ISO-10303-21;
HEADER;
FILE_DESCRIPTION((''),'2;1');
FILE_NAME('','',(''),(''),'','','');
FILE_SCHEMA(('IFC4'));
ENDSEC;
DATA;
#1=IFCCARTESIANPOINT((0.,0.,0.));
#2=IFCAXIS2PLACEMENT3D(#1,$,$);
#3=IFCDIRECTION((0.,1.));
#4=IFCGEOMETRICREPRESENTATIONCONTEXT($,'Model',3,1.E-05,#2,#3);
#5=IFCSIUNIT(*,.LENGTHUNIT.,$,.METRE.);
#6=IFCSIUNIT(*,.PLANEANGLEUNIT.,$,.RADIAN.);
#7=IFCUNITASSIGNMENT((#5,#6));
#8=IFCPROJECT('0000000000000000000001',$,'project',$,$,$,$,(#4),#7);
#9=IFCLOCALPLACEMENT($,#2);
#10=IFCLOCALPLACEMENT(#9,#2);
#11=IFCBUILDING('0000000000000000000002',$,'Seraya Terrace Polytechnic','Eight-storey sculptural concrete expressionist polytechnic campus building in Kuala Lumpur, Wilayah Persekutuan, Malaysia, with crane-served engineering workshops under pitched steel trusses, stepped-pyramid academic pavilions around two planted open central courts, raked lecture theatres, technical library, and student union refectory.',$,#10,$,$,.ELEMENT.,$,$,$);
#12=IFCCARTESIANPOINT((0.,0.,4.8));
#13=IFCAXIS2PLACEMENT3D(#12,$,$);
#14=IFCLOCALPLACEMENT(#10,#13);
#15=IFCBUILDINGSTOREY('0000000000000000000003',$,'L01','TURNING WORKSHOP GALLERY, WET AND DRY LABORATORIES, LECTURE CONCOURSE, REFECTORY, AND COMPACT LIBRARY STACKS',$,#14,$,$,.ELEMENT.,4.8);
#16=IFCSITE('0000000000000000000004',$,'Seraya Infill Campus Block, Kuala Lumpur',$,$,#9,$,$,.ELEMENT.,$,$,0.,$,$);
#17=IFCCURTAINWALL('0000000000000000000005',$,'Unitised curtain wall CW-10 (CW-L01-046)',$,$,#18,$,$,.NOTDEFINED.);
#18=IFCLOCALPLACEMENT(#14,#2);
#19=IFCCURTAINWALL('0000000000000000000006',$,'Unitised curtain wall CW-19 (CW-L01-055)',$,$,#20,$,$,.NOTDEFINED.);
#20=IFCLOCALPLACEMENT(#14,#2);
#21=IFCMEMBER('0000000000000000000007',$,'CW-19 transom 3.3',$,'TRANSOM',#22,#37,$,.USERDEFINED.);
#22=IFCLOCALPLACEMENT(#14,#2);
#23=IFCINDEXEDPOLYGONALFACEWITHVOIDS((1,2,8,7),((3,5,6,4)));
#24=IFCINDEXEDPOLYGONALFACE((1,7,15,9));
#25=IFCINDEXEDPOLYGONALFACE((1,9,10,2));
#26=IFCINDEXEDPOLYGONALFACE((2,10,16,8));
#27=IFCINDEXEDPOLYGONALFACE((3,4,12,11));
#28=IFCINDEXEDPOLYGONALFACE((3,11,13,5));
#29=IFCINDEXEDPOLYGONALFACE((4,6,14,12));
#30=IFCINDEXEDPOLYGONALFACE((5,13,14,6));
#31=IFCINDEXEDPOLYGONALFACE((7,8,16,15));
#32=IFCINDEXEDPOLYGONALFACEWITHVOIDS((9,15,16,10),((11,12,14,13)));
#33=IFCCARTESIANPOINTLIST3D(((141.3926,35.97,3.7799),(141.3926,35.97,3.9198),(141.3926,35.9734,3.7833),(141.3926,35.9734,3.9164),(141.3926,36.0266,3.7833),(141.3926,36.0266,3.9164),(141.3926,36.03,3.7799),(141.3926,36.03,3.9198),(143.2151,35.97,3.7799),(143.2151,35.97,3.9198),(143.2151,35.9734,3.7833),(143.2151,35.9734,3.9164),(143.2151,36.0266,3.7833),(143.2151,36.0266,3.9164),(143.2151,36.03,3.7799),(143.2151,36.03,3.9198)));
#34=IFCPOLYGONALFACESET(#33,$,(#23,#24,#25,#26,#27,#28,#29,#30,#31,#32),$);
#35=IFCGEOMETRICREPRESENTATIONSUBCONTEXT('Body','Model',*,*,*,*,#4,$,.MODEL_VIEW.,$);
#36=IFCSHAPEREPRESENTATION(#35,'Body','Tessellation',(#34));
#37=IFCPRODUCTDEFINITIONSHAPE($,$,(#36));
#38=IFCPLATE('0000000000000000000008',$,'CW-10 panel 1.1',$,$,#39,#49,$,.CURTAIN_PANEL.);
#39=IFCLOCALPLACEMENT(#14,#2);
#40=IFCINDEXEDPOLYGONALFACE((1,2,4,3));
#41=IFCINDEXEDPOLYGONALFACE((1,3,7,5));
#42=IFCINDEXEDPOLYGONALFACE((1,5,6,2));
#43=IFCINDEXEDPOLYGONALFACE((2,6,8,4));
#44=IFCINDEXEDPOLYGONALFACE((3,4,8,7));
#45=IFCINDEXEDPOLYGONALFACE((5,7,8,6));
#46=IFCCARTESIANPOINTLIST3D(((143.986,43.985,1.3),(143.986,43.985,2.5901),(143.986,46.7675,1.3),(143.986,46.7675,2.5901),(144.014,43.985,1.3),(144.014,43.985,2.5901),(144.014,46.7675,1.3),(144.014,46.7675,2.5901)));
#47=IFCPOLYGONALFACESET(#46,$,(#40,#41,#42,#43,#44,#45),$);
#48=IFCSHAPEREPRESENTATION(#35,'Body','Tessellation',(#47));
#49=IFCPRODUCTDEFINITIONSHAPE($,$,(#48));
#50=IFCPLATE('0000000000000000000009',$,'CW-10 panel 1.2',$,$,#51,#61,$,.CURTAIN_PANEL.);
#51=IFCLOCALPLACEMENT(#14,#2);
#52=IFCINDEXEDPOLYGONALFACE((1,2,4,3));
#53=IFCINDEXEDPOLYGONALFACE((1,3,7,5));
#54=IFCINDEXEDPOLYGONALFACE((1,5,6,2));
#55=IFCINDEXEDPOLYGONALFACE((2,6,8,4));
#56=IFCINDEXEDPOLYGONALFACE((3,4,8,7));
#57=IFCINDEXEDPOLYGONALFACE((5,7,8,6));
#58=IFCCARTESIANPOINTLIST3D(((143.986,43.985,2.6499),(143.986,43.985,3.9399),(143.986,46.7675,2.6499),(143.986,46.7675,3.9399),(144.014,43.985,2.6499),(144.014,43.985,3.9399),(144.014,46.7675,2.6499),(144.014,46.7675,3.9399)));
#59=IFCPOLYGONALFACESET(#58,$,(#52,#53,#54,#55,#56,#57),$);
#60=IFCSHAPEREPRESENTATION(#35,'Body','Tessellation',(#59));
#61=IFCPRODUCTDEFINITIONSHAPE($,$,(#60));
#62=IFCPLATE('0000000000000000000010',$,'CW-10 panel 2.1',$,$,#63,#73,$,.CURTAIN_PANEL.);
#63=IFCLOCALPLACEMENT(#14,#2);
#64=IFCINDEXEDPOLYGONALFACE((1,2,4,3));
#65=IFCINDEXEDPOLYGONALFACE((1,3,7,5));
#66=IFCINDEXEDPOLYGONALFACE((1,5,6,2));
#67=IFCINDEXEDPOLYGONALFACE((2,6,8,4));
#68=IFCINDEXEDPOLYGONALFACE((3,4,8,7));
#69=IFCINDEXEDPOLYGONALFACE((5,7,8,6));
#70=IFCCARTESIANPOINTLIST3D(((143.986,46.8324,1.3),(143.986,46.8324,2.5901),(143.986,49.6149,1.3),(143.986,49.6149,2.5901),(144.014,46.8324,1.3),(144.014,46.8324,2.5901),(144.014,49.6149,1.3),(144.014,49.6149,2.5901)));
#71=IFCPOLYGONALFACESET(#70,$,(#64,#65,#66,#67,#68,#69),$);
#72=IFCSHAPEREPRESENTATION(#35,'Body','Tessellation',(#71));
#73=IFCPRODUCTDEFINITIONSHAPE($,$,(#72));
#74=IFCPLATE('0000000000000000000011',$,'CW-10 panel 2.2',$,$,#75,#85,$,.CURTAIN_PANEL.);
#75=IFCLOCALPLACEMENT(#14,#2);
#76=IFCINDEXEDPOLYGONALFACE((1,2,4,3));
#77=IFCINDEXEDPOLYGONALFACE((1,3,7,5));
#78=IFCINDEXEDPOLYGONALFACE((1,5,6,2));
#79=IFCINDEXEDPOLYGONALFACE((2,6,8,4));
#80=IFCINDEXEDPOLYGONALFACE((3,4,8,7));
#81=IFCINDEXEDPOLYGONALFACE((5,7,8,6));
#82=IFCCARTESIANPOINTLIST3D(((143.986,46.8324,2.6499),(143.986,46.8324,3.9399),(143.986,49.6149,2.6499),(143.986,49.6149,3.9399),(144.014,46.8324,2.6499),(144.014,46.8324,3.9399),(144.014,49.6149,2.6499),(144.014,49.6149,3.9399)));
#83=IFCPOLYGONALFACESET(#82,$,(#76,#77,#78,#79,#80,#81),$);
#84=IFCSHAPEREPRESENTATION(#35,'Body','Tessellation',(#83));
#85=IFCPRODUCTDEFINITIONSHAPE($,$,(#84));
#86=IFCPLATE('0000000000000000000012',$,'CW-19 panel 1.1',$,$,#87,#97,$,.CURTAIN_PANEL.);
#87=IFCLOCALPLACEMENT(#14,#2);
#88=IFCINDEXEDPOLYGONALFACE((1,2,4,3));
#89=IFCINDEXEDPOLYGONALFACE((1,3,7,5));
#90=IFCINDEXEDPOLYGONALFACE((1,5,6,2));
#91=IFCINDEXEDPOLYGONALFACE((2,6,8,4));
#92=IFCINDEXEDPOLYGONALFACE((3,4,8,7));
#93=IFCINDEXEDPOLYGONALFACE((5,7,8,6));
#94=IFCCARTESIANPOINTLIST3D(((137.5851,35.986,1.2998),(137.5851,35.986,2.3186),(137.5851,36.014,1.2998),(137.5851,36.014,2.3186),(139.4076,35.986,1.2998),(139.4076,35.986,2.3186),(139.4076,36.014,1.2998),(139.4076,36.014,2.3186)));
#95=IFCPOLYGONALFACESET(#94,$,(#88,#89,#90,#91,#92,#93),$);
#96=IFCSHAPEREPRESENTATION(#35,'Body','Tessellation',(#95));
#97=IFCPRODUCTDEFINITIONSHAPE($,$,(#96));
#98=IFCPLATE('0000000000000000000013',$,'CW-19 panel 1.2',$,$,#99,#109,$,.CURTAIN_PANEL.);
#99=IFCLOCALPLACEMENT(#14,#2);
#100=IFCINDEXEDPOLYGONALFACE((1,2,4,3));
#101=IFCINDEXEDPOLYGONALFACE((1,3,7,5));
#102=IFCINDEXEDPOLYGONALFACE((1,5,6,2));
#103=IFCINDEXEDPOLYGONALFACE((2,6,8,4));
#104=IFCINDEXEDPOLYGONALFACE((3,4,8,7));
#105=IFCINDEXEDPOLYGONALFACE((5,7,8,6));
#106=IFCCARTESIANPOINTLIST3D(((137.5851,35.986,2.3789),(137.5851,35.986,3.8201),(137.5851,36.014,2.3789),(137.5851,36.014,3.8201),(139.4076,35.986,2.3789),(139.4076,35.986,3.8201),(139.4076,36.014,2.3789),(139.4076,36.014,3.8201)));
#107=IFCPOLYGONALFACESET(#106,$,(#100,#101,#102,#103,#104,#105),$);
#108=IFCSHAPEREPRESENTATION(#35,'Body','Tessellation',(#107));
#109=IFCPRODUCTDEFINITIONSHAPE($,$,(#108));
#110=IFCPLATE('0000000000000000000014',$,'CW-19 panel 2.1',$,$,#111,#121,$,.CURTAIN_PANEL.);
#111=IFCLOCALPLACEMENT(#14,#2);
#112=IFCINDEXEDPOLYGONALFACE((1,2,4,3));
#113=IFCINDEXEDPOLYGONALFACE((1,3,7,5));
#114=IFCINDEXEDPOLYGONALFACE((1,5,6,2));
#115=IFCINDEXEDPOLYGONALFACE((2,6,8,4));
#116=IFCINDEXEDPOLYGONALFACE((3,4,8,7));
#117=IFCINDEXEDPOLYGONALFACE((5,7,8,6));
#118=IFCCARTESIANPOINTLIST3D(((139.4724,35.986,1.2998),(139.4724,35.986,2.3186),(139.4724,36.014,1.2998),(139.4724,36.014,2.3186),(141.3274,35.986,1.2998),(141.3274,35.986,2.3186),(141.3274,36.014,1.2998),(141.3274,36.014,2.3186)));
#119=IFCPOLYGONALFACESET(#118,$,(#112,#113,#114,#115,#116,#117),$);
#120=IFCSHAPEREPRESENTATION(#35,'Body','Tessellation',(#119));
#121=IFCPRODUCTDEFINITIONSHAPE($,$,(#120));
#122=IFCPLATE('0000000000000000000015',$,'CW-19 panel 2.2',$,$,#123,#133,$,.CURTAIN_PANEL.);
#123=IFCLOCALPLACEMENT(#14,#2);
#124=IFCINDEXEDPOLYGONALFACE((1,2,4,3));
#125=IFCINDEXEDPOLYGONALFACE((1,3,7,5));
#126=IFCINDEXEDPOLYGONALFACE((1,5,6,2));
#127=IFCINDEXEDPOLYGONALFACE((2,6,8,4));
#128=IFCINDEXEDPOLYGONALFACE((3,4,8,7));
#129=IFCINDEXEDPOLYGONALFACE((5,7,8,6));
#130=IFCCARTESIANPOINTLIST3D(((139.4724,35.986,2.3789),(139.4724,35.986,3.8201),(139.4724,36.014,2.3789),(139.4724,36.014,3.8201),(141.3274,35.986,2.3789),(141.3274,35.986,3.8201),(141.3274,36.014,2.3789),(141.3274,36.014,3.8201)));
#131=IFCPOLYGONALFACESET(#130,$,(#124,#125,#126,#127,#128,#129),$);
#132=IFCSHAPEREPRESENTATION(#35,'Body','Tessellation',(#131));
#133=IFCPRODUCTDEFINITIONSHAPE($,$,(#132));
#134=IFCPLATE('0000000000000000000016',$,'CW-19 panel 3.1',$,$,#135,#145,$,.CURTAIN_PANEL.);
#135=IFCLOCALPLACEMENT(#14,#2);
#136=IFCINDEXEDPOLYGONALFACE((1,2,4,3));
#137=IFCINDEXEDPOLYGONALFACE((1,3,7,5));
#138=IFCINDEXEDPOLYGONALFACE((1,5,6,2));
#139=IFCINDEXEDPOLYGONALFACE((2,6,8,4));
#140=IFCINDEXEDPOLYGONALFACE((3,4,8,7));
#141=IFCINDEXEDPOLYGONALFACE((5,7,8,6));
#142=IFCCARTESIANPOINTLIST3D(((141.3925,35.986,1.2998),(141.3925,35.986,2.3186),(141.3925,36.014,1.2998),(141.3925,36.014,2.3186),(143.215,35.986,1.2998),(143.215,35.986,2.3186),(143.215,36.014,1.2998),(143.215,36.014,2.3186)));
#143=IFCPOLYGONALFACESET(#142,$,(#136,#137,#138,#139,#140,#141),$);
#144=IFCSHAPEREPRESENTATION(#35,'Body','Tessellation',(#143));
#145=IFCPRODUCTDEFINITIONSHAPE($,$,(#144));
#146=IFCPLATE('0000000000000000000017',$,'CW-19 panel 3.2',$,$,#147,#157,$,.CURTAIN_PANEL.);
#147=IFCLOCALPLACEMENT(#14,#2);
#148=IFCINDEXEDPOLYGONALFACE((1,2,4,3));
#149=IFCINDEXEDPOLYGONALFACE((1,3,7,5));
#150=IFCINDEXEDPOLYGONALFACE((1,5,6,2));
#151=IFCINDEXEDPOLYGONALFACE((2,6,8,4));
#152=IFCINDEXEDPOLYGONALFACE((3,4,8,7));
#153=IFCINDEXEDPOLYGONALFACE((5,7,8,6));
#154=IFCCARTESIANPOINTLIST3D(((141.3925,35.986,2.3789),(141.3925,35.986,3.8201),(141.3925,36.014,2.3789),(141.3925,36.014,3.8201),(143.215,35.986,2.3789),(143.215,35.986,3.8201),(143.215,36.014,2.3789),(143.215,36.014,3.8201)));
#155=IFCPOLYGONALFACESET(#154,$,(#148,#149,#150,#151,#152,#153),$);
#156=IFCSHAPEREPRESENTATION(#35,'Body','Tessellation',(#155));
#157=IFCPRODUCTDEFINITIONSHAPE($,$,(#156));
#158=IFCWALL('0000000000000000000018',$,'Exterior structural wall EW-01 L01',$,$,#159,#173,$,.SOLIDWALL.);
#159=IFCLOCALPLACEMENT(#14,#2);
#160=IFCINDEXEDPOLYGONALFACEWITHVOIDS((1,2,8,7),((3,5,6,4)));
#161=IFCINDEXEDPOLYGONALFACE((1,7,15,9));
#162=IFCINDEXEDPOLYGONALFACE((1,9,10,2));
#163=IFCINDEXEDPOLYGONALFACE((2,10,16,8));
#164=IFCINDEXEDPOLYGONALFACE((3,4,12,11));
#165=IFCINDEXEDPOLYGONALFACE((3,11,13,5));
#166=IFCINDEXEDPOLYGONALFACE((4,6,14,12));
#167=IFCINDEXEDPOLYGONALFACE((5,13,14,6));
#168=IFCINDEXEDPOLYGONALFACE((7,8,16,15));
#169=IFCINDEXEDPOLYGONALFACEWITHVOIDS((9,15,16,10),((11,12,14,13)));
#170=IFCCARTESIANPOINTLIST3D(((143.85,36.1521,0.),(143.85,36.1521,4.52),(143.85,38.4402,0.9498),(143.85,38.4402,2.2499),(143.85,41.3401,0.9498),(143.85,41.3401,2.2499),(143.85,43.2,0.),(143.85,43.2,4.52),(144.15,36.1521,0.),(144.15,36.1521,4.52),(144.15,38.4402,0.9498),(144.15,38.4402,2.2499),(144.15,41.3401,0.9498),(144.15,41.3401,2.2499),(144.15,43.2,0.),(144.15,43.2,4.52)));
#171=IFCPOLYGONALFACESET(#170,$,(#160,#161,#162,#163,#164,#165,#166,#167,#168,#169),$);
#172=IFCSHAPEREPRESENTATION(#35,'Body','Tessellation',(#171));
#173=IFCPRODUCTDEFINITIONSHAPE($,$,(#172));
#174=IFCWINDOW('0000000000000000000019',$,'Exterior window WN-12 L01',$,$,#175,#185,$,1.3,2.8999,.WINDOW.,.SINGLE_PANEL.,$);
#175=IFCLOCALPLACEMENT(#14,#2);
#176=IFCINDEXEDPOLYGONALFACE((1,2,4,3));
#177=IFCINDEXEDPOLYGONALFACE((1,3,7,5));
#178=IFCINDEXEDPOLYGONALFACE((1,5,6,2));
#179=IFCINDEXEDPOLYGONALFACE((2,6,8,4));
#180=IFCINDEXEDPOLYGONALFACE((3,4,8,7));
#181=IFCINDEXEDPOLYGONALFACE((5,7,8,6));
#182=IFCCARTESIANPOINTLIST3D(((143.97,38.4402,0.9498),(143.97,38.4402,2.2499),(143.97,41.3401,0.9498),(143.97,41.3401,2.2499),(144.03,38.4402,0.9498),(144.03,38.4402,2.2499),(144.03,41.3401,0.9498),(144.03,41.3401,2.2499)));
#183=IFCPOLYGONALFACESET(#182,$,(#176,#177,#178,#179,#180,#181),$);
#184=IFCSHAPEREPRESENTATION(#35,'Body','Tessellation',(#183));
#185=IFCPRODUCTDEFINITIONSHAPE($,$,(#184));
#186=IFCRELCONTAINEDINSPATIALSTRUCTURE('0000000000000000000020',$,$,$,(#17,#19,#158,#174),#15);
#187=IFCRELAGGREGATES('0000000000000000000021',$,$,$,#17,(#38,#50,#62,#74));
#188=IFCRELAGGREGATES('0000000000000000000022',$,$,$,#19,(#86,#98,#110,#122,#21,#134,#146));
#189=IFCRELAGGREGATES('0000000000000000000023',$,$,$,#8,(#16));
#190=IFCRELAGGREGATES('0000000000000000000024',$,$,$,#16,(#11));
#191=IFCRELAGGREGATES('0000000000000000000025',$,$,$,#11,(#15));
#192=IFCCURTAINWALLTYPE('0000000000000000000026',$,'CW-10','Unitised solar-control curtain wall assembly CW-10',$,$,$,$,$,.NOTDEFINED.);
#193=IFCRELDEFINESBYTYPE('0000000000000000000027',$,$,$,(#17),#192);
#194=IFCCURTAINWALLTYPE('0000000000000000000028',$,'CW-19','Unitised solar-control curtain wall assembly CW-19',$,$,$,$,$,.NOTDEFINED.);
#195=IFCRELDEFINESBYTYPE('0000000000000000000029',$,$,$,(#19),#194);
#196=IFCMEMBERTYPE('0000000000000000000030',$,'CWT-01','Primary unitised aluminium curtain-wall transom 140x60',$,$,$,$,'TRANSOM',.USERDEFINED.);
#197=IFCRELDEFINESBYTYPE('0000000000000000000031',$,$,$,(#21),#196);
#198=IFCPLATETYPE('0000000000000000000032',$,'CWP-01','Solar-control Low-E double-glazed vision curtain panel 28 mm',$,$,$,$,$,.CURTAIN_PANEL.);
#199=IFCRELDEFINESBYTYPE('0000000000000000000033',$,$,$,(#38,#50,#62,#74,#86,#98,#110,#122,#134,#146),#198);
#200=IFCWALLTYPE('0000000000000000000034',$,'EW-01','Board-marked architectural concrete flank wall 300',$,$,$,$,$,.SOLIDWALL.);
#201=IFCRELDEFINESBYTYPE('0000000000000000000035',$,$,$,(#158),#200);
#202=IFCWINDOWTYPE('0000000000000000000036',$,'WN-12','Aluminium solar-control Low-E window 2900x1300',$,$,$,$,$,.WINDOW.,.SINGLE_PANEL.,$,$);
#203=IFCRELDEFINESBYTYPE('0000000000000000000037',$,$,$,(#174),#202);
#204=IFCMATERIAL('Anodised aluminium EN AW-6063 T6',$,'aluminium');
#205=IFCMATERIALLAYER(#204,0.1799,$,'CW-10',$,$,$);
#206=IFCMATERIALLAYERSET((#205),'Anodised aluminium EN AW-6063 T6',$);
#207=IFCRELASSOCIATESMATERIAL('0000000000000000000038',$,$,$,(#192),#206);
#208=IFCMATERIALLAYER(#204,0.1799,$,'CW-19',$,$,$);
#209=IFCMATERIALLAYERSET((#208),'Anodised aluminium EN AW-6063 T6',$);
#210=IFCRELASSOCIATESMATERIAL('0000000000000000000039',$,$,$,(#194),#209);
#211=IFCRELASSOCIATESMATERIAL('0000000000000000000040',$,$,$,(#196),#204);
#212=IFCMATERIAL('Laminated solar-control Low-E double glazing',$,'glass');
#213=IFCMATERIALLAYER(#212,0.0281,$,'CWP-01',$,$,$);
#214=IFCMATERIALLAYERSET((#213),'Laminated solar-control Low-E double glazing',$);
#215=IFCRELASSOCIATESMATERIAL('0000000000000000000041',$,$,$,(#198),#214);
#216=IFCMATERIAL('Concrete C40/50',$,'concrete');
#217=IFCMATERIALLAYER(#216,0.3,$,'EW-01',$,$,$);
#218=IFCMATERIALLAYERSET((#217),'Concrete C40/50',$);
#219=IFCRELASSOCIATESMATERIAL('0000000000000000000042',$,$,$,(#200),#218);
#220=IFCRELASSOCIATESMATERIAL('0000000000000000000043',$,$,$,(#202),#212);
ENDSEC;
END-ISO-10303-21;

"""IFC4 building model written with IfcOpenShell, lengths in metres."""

from ifc_helpers import new_model, si_unit, direction, frame, frame_2d, origin, origin_2d, place, context, subcontext, project, spatial, rectangle, hollow_rectangle, extrude, material, layer, layer_set, material_profile, profile_set, type_object, element, fill, aggregate, save


model = new_model("IFC4")

# Units and contexts
model_context = context("Model", 3, precision=1e-05, world=origin(), true_north=direction((0.0, 1.0)))
body_context = subcontext(model_context, "Body", "Model", "MODEL_VIEW")
ifc_project = project(units=[si_unit("LENGTHUNIT", "METRE"), si_unit("PLANEANGLEUNIT", "RADIAN")], contexts=[model_context])

# Site, building, storey
site_placement = place(None, origin())
site = spatial("IfcSite", under=ifc_project, at=site_placement, Name="Seraya Infill Campus Block, Kuala Lumpur", CompositionType="ELEMENT", RefElevation=0.0)
building_placement = place(site_placement, origin())
building = spatial("IfcBuilding", under=site, at=building_placement, Name="Seraya Terrace Polytechnic", Description="Eight-storey sculptural concrete expressionist polytechnic campus building in Kuala Lumpur, Wilayah Persekutuan, Malaysia, with crane-served engineering workshops under pitched steel trusses, stepped-pyramid academic pavilions around two planted open central courts, raked lecture theatres, technical library, and student union refectory.", CompositionType="ELEMENT")
storey_placement = place(building_placement, frame((0.0, 0.0, 4.8)))
storey = spatial("IfcBuildingStorey", under=building, at=storey_placement, Name="L01", Description="TURNING WORKSHOP GALLERY, WET AND DRY LABORATORIES, LECTURE CONCOURSE, REFECTORY, AND COMPACT LIBRARY STACKS", CompositionType="ELEMENT", Elevation=4.8)

# Shared definitions
ifc_material_1 = material(Name="Concrete C40/50", Category="concrete")

# Curtain walls
ifc_material_2 = material(Name="Anodised aluminium EN AW-6063 T6", Category="aluminium")
ifc_layer_1 = layer(ifc_material_2, 0.1799, Name="CW-10")
ifc_layer_set_1 = layer_set([ifc_layer_1], Name="Anodised aluminium EN AW-6063 T6")
curtain_wall_type_1 = type_object("IfcCurtainWallType", Name="CW-10", Description="Unitised solar-control curtain wall assembly CW-10", PredefinedType="NOTDEFINED", material=ifc_layer_set_1)
curtain_wall_1_placement = place(storey_placement, origin())
curtain_wall_1 = element("IfcCurtainWall", 1, at=curtain_wall_1_placement, inside=storey, type_object=curtain_wall_type_1, Name="Unitised curtain wall CW-10 (CW-L01-046)", PredefinedType="NOTDEFINED")
ifc_layer_2 = layer(ifc_material_2, 0.1799, Name="CW-19")
ifc_layer_set_2 = layer_set([ifc_layer_2], Name="Anodised aluminium EN AW-6063 T6")
curtain_wall_type_2 = type_object("IfcCurtainWallType", Name="CW-19", Description="Unitised solar-control curtain wall assembly CW-19", PredefinedType="NOTDEFINED", material=ifc_layer_set_2)
curtain_wall_2_placement = place(storey_placement, origin())
curtain_wall_2 = element("IfcCurtainWall", 2, at=curtain_wall_2_placement, inside=storey, type_object=curtain_wall_type_2, Name="Unitised curtain wall CW-19 (CW-L01-055)", PredefinedType="NOTDEFINED")

# Member
ifc_material_profile_1 = material_profile(ifc_material_2, hollow_rectangle(XDim=0.0601, YDim=0.1399, WallThickness=0.0034, at=origin_2d()), Name="RHS 140x60x3.5")
ifc_profile_set_1 = profile_set([ifc_material_profile_1], Name="Anodised aluminium EN AW-6063 T6")
member_type_1 = type_object("IfcMemberType", Name="CWT-01", Description="Primary unitised aluminium curtain-wall transom 140x60", ElementType="TRANSOM", PredefinedType="USERDEFINED", material=ifc_profile_set_1)
member_1_placement = place(storey_placement, frame((141.3926, 36.0, 3.8499), z_axis=(1.0, 0.0, 0.0), x_axis=(0.0, 1.0, 0.0)))
member_1 = element("IfcMember", 3, at=member_1_placement, type_object=member_type_1, Name="CW-19 transom 3.3", ObjectType="TRANSOM", PredefinedType="USERDEFINED", context=body_context, shape_type="SweptSolid", body=[
    extrude(hollow_rectangle(XDim=0.0601, YDim=0.1399, WallThickness=0.0034, at=origin_2d()), origin(), (0.0, 0.0, 1.0), 1.8225),
])

# Plates
ifc_material_3 = material(Name="Laminated solar-control Low-E double glazing", Category="glass")
ifc_layer_3 = layer(ifc_material_3, 0.0281, Name="CWP-01")
ifc_layer_set_3 = layer_set([ifc_layer_3], Name="Laminated solar-control Low-E double glazing")
plate_type = type_object("IfcPlateType", Name="CWP-01", Description="Solar-control Low-E double-glazed vision curtain panel 28 mm", PredefinedType="CURTAIN_PANEL", material=ifc_layer_set_3)
plate_1_placement = place(storey_placement, frame((144.0, 45.3762, 1.3), z_axis=(0.0, 0.0, 1.0), x_axis=(0.0, 1.0, 0.0)))
plate_1 = element("IfcPlate", 4, at=plate_1_placement, type_object=plate_type, Name="CW-10 panel 1.1", PredefinedType="CURTAIN_PANEL", context=body_context, shape_type="SweptSolid", body=[
    extrude(rectangle(XDim=2.7825, YDim=0.0281, at=origin_2d()), origin(), (0.0, 0.0, 1.0), 1.29),
])
plate_2_placement = place(storey_placement, frame((144.0, 45.3762, 2.6499), z_axis=(0.0, 0.0, 1.0), x_axis=(0.0, 1.0, 0.0)))
plate_2 = element("IfcPlate", 5, at=plate_2_placement, type_object=plate_type, Name="CW-10 panel 1.2", PredefinedType="CURTAIN_PANEL", context=body_context, shape_type="SweptSolid", body=[
    extrude(rectangle(XDim=2.7825, YDim=0.0281, at=origin_2d()), origin(), (0.0, 0.0, 1.0), 1.29),
])
plate_3_placement = place(storey_placement, frame((144.0, 48.2236, 1.3), z_axis=(0.0, 0.0, 1.0), x_axis=(0.0, 1.0, 0.0)))
plate_3 = element("IfcPlate", 6, at=plate_3_placement, type_object=plate_type, Name="CW-10 panel 2.1", PredefinedType="CURTAIN_PANEL", context=body_context, shape_type="SweptSolid", body=[
    extrude(rectangle(XDim=2.7825, YDim=0.0281, at=origin_2d()), origin(), (0.0, 0.0, 1.0), 1.29),
])
plate_4_placement = place(storey_placement, frame((144.0, 48.2236, 2.6499), z_axis=(0.0, 0.0, 1.0), x_axis=(0.0, 1.0, 0.0)))
plate_4 = element("IfcPlate", 7, at=plate_4_placement, type_object=plate_type, Name="CW-10 panel 2.2", PredefinedType="CURTAIN_PANEL", context=body_context, shape_type="SweptSolid", body=[
    extrude(rectangle(XDim=2.7825, YDim=0.0281, at=origin_2d()), origin(), (0.0, 0.0, 1.0), 1.29),
])
aggregate(curtain_wall_1, [plate_1, plate_2, plate_3, plate_4])
plate_5_placement = place(storey_placement, frame((138.4963, 36.0, 1.2998), z_axis=(0.0, 0.0, 1.0), x_axis=(1.0, 0.0, 0.0)))
plate_5 = element("IfcPlate", 8, at=plate_5_placement, type_object=plate_type, Name="CW-19 panel 1.1", PredefinedType="CURTAIN_PANEL", context=body_context, shape_type="SweptSolid", body=[
    extrude(rectangle(XDim=1.8225, YDim=0.0281, at=origin_2d()), origin(), (0.0, 0.0, 1.0), 1.0188),
])
plate_6_placement = place(storey_placement, frame((138.4963, 36.0, 2.3789), z_axis=(0.0, 0.0, 1.0), x_axis=(1.0, 0.0, 0.0)))
plate_6 = element("IfcPlate", 9, at=plate_6_placement, type_object=plate_type, Name="CW-19 panel 1.2", PredefinedType="CURTAIN_PANEL", context=body_context, shape_type="SweptSolid", body=[
    extrude(rectangle(XDim=1.8225, YDim=0.0281, at=origin_2d()), origin(), (0.0, 0.0, 1.0), 1.4412),
])
plate_7_placement = place(storey_placement, frame((140.3999, 36.0, 1.2998), z_axis=(0.0, 0.0, 1.0), x_axis=(1.0, 0.0, 0.0)))
plate_7 = element("IfcPlate", 10, at=plate_7_placement, type_object=plate_type, Name="CW-19 panel 2.1", PredefinedType="CURTAIN_PANEL", context=body_context, shape_type="SweptSolid", body=[
    extrude(rectangle(XDim=1.855, YDim=0.0281, at=origin_2d()), origin(), (0.0, 0.0, 1.0), 1.0188),
])
plate_8_placement = place(storey_placement, frame((140.3999, 36.0, 2.3789), z_axis=(0.0, 0.0, 1.0), x_axis=(1.0, 0.0, 0.0)))
plate_8 = element("IfcPlate", 11, at=plate_8_placement, type_object=plate_type, Name="CW-19 panel 2.2", PredefinedType="CURTAIN_PANEL", context=body_context, shape_type="SweptSolid", body=[
    extrude(rectangle(XDim=1.855, YDim=0.0281, at=origin_2d()), origin(), (0.0, 0.0, 1.0), 1.4412),
])
plate_9_placement = place(storey_placement, frame((142.3037, 36.0, 1.2998), z_axis=(0.0, 0.0, 1.0), x_axis=(1.0, 0.0, 0.0)))
plate_9 = element("IfcPlate", 12, at=plate_9_placement, type_object=plate_type, Name="CW-19 panel 3.1", PredefinedType="CURTAIN_PANEL", context=body_context, shape_type="SweptSolid", body=[
    extrude(rectangle(XDim=1.8225, YDim=0.0281, at=origin_2d()), origin(), (0.0, 0.0, 1.0), 1.0188),
])
plate_10_placement = place(storey_placement, frame((142.3037, 36.0, 2.3789), z_axis=(0.0, 0.0, 1.0), x_axis=(1.0, 0.0, 0.0)))
plate_10 = element("IfcPlate", 13, at=plate_10_placement, type_object=plate_type, Name="CW-19 panel 3.2", PredefinedType="CURTAIN_PANEL", context=body_context, shape_type="SweptSolid", body=[
    extrude(rectangle(XDim=1.8225, YDim=0.0281, at=origin_2d()), origin(), (0.0, 0.0, 1.0), 1.4412),
])
aggregate(curtain_wall_2, [plate_5, plate_6, plate_7, plate_8, member_1, plate_9, plate_10])

# Wall, opening, window
ifc_layer_4 = layer(ifc_material_1, 0.3, Name="EW-01")
ifc_layer_set_4 = layer_set([ifc_layer_4], Name="Concrete C40/50")
wall_type_1 = type_object("IfcWallType", Name="EW-01", Description="Board-marked architectural concrete flank wall 300", PredefinedType="SOLIDWALL", material=ifc_layer_set_4)
wall_1_placement = place(storey_placement, frame((144.0, 36.1521, 0.0), z_axis=(0.0, 0.0, 1.0), x_axis=(0.0, 1.0, 0.0)))
wall_1 = element("IfcWall", 14, at=wall_1_placement, inside=storey, type_object=wall_type_1, Name="Exterior structural wall EW-01 L01", PredefinedType="SOLIDWALL", context=body_context, shape_type="SweptSolid", body=[
    extrude(rectangle(XDim=7.0479, YDim=0.3, at=frame_2d((3.5239, 0.0))), origin(), (0.0, 0.0, 1.0), 4.52),
])
opening_placement = place(wall_1_placement, frame((2.2881, 0.0, 0.95)))
opening = element("IfcOpeningElement", 15, at=opening_placement, cuts=wall_1, PredefinedType="OPENING", context=body_context, shape_type="SweptSolid", body=[
    extrude(rectangle(XDim=2.8999, YDim=1.3, at=frame_2d((1.45, 0.6499))), frame((0.0, 0.1621, 0.0), z_axis=(0.0, -1.0, 0.0), x_axis=(1.0, 0.0, 0.0)), (0.0, 0.0, 1.0), 0.324),
])
window_type = type_object("IfcWindowType", Name="WN-12", Description="Aluminium solar-control Low-E window 2900x1300", PartitioningType="SINGLE_PANEL", PredefinedType="WINDOW", material=ifc_material_3)
window_placement = place(opening_placement, origin())
window = element("IfcWindow", 16, at=window_placement, inside=storey, type_object=window_type, Name="Exterior window WN-12 L01", OverallHeight=1.3, OverallWidth=2.8999, PartitioningType="SINGLE_PANEL", PredefinedType="WINDOW", context=body_context, shape_type="SweptSolid", body=[
    extrude(rectangle(XDim=2.8999, YDim=1.3, at=frame_2d((1.45, 0.6499))), frame((0.0, 0.03, 0.0), z_axis=(0.0, -1.0, 0.0), x_axis=(1.0, 0.0, 0.0)), (0.0, 0.0, 1.0), 0.0601),
])
fill(opening, window)

save(model, "model.ifc")
